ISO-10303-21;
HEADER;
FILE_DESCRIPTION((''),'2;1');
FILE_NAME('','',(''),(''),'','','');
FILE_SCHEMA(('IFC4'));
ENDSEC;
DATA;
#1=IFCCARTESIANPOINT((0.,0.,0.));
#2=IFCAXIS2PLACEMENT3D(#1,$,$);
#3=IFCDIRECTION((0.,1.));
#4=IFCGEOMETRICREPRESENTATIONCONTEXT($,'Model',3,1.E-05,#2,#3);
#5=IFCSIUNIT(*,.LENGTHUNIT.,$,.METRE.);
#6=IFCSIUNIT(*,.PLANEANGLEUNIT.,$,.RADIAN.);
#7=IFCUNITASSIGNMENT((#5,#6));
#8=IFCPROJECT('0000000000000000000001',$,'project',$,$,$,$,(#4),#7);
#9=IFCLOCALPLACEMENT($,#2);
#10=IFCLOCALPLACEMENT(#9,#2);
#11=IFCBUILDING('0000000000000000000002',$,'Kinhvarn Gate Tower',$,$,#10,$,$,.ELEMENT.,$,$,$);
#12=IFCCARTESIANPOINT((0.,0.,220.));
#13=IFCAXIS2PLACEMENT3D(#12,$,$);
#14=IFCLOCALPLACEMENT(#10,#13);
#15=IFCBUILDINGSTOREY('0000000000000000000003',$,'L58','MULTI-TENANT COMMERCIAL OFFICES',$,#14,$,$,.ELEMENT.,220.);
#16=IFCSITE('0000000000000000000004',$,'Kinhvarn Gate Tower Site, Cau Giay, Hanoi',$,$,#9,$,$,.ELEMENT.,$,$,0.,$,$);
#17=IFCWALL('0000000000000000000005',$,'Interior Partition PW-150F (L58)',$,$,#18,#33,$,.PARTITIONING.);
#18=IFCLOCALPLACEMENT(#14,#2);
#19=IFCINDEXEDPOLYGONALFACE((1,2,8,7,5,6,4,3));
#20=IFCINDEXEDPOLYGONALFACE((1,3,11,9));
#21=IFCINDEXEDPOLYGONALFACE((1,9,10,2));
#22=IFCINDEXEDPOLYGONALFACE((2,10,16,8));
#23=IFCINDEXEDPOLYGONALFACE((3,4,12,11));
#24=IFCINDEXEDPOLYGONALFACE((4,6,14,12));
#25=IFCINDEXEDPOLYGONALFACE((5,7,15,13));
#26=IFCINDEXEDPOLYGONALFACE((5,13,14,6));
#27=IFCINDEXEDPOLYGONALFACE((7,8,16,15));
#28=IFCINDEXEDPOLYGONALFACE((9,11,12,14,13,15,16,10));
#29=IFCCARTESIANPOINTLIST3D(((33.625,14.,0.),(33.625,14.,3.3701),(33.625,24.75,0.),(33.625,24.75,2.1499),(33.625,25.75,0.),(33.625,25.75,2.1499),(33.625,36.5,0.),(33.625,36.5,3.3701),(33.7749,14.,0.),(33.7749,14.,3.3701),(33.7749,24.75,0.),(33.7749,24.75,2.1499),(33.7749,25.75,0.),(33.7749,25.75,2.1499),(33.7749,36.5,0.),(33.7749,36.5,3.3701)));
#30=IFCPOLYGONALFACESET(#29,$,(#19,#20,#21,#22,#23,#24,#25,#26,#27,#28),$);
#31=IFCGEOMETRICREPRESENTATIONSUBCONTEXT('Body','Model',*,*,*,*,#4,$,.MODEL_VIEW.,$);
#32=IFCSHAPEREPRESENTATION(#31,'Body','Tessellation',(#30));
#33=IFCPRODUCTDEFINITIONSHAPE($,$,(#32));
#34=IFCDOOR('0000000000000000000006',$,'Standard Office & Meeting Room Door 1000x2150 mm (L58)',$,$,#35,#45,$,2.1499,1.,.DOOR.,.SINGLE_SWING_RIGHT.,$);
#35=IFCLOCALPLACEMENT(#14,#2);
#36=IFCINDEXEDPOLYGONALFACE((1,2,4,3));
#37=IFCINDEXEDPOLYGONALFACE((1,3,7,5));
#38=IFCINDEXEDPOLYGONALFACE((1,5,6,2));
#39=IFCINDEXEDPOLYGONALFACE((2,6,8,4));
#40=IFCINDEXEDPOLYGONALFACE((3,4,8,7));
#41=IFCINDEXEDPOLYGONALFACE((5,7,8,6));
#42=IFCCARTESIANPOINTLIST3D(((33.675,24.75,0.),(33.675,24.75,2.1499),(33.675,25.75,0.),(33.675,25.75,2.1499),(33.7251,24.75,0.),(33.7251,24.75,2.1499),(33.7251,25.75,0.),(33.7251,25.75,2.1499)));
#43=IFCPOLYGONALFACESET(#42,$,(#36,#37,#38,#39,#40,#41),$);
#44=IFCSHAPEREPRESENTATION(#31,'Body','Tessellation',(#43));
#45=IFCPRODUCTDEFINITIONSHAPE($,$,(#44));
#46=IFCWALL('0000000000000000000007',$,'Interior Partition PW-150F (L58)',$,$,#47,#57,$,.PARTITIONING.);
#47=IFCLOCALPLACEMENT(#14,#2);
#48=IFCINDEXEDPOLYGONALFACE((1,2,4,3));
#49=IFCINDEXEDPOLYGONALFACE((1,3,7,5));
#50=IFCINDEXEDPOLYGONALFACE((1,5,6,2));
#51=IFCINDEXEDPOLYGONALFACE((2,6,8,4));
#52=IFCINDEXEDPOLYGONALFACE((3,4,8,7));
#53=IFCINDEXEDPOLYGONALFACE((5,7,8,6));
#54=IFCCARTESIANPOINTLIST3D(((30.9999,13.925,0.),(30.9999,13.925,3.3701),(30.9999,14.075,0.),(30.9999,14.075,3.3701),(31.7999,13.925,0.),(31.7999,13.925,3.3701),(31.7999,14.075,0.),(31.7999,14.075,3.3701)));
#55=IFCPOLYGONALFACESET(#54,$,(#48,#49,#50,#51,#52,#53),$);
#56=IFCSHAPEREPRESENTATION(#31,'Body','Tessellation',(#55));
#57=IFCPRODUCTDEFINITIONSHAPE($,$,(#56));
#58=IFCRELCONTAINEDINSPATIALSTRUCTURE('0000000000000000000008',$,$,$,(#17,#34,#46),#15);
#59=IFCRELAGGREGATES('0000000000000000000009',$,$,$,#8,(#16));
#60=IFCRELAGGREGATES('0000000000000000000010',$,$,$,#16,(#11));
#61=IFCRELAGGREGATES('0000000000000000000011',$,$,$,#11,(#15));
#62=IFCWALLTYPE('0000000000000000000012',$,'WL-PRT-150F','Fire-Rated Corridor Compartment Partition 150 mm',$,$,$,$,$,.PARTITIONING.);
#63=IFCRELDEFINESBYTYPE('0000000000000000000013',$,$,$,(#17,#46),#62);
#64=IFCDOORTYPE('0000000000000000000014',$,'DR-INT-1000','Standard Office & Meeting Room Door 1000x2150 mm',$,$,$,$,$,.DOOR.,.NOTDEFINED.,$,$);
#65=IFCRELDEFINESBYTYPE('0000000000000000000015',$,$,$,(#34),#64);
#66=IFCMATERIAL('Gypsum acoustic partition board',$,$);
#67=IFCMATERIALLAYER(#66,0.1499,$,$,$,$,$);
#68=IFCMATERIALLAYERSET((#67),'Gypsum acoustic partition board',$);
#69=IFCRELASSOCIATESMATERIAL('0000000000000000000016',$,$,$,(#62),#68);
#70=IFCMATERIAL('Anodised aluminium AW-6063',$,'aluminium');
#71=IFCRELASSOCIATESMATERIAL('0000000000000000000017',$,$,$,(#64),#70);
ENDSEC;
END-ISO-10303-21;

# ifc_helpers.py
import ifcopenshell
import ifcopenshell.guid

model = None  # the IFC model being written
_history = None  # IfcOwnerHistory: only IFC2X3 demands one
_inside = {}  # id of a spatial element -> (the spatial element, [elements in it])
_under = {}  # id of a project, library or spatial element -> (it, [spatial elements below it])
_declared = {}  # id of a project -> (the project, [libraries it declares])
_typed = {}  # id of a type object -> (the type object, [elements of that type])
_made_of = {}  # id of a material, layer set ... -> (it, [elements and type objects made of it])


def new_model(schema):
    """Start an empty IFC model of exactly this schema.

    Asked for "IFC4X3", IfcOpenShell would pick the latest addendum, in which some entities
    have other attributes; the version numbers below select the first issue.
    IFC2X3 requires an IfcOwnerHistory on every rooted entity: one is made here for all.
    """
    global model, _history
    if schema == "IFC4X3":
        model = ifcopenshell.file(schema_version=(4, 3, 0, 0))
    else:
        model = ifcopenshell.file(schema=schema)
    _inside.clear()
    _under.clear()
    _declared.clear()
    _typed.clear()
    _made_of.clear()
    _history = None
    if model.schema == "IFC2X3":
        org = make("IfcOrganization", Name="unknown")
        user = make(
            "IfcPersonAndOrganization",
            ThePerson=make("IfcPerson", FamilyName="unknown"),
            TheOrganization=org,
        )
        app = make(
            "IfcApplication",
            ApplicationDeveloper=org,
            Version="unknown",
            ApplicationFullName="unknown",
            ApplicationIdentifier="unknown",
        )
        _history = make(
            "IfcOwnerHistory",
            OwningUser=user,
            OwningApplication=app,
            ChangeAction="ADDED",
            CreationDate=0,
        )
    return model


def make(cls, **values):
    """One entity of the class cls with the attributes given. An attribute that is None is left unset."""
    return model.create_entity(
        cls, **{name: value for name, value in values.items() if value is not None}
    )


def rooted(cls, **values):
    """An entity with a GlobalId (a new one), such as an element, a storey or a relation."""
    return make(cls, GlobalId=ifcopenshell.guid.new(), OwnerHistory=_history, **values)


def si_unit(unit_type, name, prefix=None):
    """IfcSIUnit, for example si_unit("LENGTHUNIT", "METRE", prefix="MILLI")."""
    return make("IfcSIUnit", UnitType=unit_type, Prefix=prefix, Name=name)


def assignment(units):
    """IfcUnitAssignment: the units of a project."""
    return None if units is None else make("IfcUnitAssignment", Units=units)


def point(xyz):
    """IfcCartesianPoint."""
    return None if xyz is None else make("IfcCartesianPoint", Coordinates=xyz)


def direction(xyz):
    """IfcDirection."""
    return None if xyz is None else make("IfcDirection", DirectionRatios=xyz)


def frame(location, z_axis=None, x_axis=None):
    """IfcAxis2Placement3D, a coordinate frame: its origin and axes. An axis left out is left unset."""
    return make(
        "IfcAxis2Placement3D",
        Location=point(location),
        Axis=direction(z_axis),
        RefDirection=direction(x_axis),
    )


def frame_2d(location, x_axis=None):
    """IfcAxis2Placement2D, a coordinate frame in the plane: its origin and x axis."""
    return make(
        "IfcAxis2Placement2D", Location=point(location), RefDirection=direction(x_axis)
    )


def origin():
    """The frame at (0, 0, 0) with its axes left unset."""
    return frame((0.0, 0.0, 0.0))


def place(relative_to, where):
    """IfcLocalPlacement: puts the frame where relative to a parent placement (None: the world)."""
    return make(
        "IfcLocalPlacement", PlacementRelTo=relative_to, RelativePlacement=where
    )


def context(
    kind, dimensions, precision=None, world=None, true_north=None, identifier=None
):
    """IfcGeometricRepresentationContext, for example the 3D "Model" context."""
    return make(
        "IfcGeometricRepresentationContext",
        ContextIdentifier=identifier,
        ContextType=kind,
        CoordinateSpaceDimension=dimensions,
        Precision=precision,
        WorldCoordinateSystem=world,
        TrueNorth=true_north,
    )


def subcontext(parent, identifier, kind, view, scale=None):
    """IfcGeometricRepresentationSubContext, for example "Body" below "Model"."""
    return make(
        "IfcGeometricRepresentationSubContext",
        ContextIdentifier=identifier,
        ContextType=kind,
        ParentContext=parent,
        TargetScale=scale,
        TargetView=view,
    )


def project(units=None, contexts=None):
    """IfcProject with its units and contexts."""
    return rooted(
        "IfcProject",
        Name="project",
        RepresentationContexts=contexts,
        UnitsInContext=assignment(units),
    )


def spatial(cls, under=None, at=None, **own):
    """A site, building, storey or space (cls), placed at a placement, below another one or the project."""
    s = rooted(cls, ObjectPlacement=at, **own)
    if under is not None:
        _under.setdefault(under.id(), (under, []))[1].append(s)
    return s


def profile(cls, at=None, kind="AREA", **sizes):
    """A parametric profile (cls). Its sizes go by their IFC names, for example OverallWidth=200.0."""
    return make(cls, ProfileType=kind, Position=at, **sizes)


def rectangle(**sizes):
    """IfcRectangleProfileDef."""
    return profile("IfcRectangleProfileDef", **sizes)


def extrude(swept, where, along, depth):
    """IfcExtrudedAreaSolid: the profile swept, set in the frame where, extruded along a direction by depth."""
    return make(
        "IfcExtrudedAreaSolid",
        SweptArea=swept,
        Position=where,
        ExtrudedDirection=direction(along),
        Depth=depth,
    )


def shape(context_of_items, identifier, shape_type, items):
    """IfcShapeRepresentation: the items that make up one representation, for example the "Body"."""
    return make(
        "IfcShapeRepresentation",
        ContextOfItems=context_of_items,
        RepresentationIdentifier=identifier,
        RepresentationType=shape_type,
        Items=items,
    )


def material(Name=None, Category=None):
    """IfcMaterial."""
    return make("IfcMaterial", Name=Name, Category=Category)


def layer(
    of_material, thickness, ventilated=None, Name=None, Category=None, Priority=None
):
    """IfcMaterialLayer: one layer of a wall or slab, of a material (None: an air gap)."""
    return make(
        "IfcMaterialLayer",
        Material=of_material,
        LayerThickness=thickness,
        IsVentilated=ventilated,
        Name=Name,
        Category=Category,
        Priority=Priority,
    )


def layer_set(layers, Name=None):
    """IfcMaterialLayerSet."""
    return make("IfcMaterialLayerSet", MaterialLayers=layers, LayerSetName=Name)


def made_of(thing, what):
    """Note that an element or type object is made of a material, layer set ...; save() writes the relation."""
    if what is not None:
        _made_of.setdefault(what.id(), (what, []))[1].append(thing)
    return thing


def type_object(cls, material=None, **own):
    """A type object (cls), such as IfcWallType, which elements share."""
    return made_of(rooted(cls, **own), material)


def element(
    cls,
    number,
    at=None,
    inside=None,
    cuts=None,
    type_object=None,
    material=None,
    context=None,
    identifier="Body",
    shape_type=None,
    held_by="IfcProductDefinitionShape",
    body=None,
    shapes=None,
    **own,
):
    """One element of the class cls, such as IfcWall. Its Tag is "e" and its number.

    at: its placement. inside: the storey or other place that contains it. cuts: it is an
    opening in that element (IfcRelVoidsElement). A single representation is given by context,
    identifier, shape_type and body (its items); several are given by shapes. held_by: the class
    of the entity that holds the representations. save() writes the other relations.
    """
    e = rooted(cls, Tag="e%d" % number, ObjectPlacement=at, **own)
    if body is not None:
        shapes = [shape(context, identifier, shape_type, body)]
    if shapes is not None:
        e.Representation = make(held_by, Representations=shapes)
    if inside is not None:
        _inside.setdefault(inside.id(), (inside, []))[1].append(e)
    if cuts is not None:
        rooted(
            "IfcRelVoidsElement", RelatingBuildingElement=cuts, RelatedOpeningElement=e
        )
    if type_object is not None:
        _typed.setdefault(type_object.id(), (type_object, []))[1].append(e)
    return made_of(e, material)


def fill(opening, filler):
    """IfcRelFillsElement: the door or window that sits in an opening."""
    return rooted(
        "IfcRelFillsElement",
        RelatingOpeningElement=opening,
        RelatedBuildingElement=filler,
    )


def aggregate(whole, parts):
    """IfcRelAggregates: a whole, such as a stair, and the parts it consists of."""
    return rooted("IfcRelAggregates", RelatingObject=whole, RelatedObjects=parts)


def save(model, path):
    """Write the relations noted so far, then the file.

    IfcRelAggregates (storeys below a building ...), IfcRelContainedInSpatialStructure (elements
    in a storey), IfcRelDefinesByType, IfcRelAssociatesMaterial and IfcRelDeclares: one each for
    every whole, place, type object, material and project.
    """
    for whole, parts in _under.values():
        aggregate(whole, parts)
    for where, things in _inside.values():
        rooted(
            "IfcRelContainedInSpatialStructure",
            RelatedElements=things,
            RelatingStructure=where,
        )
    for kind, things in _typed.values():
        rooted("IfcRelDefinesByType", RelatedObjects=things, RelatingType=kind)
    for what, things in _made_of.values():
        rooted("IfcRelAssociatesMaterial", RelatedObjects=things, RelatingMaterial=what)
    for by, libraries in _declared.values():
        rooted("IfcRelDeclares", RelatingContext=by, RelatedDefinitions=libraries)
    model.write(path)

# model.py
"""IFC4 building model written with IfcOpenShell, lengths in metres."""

from ifc_helpers import new_model, si_unit, direction, frame, frame_2d, origin, place, context, subcontext, project, spatial, rectangle, extrude, material, layer, layer_set, type_object, element, fill, save


model = new_model("IFC4")

# Units and contexts
model_context = context("Model", 3, precision=1e-05, world=origin(), true_north=direction((0.0, 1.0)))
body_context = subcontext(model_context, "Body", "Model", "MODEL_VIEW")
ifc_project = project(units=[si_unit("LENGTHUNIT", "METRE"), si_unit("PLANEANGLEUNIT", "RADIAN")], contexts=[model_context])

# Site, building, storey
site_placement = place(None, origin())
site = spatial("IfcSite", under=ifc_project, at=site_placement, Name="Kinhvarn Gate Tower Site, Cau Giay, Hanoi", CompositionType="ELEMENT", RefElevation=0.0)
building_placement = place(site_placement, origin())
building = spatial("IfcBuilding", under=site, at=building_placement, Name="Kinhvarn Gate Tower", CompositionType="ELEMENT")
storey_placement = place(building_placement, frame((0.0, 0.0, 220.0)))
storey = spatial("IfcBuildingStorey", under=building, at=storey_placement, Name="L58", Description="MULTI-TENANT COMMERCIAL OFFICES", CompositionType="ELEMENT", Elevation=220.0)

# Shared definitions
ifc_material_1 = material(Name="Gypsum acoustic partition board")

# Shared definitions
ifc_material_2 = material(Name="Anodised aluminium AW-6063", Category="aluminium")

# Shared definitions
ifc_layer_1 = layer(ifc_material_1, 0.1499)
ifc_layer_set_1 = layer_set([ifc_layer_1], Name="Gypsum acoustic partition board")
wall_type_1 = type_object("IfcWallType", Name="WL-PRT-150F", Description="Fire-Rated Corridor Compartment Partition 150 mm", PredefinedType="PARTITIONING", material=ifc_layer_set_1)

# Wall, opening, door
door_type_1 = type_object("IfcDoorType", Name="DR-INT-1000", Description="Standard Office & Meeting Room Door 1000x2150 mm", OperationType="NOTDEFINED", PredefinedType="DOOR", material=ifc_material_2)
wall_1_placement = place(storey_placement, frame((33.7, 14.0, 0.0), z_axis=(0.0, 0.0, 1.0), x_axis=(0.0, 1.0, 0.0)))
wall_1 = element("IfcWall", 1, at=wall_1_placement, inside=storey, type_object=wall_type_1, Name="Interior Partition PW-150F (L58)", PredefinedType="PARTITIONING", context=body_context, shape_type="SweptSolid", body=[
    extrude(rectangle(XDim=22.5, YDim=0.1499, at=frame_2d((11.25, 0.0))), origin(), (0.0, 0.0, 1.0), 3.3701),
])
opening_1_placement = place(wall_1_placement, frame((10.75, 0.0, 0.0)))
opening_1 = element("IfcOpeningElement", 2, at=opening_1_placement, cuts=wall_1, PredefinedType="OPENING", context=body_context, shape_type="SweptSolid", body=[
    extrude(rectangle(XDim=1.0, YDim=2.1499, at=frame_2d((0.5, 1.075))), frame((0.0, 0.085, 0.0), z_axis=(0.0, -1.0, 0.0), x_axis=(1.0, 0.0, 0.0)), (0.0, 0.0, 1.0), 0.1699),
])
door_1_placement = place(opening_1_placement, origin())
door_1 = element("IfcDoor", 3, at=door_1_placement, inside=storey, type_object=door_type_1, Name="Standard Office & Meeting Room Door 1000x2150 mm (L58)", OperationType="SINGLE_SWING_RIGHT", OverallHeight=2.1499, OverallWidth=1.0, PredefinedType="DOOR", context=body_context, shape_type="SweptSolid", body=[
    extrude(rectangle(XDim=1.0, YDim=2.1499, at=frame_2d((0.5, 1.075))), frame((0.0, 0.0249, 0.0), z_axis=(0.0, -1.0, 0.0), x_axis=(1.0, 0.0, 0.0)), (0.0, 0.0, 1.0), 0.05),
])
fill(opening_1, door_1)

# Wall
wall_2_placement = place(storey_placement, frame((31.0, 14.0, 0.0), z_axis=(0.0, 0.0, 1.0), x_axis=(1.0, 0.0, 0.0)))
element("IfcWall", 4, at=wall_2_placement, inside=storey, type_object=wall_type_1, Name="Interior Partition PW-150F (L58)", PredefinedType="PARTITIONING", context=body_context, shape_type="SweptSolid", body=[
    extrude(rectangle(XDim=0.8, YDim=0.1499, at=frame_2d((0.3999, 0.0))), origin(), (0.0, 0.0, 1.0), 3.3701),
])

save(model, "model.ifc")
